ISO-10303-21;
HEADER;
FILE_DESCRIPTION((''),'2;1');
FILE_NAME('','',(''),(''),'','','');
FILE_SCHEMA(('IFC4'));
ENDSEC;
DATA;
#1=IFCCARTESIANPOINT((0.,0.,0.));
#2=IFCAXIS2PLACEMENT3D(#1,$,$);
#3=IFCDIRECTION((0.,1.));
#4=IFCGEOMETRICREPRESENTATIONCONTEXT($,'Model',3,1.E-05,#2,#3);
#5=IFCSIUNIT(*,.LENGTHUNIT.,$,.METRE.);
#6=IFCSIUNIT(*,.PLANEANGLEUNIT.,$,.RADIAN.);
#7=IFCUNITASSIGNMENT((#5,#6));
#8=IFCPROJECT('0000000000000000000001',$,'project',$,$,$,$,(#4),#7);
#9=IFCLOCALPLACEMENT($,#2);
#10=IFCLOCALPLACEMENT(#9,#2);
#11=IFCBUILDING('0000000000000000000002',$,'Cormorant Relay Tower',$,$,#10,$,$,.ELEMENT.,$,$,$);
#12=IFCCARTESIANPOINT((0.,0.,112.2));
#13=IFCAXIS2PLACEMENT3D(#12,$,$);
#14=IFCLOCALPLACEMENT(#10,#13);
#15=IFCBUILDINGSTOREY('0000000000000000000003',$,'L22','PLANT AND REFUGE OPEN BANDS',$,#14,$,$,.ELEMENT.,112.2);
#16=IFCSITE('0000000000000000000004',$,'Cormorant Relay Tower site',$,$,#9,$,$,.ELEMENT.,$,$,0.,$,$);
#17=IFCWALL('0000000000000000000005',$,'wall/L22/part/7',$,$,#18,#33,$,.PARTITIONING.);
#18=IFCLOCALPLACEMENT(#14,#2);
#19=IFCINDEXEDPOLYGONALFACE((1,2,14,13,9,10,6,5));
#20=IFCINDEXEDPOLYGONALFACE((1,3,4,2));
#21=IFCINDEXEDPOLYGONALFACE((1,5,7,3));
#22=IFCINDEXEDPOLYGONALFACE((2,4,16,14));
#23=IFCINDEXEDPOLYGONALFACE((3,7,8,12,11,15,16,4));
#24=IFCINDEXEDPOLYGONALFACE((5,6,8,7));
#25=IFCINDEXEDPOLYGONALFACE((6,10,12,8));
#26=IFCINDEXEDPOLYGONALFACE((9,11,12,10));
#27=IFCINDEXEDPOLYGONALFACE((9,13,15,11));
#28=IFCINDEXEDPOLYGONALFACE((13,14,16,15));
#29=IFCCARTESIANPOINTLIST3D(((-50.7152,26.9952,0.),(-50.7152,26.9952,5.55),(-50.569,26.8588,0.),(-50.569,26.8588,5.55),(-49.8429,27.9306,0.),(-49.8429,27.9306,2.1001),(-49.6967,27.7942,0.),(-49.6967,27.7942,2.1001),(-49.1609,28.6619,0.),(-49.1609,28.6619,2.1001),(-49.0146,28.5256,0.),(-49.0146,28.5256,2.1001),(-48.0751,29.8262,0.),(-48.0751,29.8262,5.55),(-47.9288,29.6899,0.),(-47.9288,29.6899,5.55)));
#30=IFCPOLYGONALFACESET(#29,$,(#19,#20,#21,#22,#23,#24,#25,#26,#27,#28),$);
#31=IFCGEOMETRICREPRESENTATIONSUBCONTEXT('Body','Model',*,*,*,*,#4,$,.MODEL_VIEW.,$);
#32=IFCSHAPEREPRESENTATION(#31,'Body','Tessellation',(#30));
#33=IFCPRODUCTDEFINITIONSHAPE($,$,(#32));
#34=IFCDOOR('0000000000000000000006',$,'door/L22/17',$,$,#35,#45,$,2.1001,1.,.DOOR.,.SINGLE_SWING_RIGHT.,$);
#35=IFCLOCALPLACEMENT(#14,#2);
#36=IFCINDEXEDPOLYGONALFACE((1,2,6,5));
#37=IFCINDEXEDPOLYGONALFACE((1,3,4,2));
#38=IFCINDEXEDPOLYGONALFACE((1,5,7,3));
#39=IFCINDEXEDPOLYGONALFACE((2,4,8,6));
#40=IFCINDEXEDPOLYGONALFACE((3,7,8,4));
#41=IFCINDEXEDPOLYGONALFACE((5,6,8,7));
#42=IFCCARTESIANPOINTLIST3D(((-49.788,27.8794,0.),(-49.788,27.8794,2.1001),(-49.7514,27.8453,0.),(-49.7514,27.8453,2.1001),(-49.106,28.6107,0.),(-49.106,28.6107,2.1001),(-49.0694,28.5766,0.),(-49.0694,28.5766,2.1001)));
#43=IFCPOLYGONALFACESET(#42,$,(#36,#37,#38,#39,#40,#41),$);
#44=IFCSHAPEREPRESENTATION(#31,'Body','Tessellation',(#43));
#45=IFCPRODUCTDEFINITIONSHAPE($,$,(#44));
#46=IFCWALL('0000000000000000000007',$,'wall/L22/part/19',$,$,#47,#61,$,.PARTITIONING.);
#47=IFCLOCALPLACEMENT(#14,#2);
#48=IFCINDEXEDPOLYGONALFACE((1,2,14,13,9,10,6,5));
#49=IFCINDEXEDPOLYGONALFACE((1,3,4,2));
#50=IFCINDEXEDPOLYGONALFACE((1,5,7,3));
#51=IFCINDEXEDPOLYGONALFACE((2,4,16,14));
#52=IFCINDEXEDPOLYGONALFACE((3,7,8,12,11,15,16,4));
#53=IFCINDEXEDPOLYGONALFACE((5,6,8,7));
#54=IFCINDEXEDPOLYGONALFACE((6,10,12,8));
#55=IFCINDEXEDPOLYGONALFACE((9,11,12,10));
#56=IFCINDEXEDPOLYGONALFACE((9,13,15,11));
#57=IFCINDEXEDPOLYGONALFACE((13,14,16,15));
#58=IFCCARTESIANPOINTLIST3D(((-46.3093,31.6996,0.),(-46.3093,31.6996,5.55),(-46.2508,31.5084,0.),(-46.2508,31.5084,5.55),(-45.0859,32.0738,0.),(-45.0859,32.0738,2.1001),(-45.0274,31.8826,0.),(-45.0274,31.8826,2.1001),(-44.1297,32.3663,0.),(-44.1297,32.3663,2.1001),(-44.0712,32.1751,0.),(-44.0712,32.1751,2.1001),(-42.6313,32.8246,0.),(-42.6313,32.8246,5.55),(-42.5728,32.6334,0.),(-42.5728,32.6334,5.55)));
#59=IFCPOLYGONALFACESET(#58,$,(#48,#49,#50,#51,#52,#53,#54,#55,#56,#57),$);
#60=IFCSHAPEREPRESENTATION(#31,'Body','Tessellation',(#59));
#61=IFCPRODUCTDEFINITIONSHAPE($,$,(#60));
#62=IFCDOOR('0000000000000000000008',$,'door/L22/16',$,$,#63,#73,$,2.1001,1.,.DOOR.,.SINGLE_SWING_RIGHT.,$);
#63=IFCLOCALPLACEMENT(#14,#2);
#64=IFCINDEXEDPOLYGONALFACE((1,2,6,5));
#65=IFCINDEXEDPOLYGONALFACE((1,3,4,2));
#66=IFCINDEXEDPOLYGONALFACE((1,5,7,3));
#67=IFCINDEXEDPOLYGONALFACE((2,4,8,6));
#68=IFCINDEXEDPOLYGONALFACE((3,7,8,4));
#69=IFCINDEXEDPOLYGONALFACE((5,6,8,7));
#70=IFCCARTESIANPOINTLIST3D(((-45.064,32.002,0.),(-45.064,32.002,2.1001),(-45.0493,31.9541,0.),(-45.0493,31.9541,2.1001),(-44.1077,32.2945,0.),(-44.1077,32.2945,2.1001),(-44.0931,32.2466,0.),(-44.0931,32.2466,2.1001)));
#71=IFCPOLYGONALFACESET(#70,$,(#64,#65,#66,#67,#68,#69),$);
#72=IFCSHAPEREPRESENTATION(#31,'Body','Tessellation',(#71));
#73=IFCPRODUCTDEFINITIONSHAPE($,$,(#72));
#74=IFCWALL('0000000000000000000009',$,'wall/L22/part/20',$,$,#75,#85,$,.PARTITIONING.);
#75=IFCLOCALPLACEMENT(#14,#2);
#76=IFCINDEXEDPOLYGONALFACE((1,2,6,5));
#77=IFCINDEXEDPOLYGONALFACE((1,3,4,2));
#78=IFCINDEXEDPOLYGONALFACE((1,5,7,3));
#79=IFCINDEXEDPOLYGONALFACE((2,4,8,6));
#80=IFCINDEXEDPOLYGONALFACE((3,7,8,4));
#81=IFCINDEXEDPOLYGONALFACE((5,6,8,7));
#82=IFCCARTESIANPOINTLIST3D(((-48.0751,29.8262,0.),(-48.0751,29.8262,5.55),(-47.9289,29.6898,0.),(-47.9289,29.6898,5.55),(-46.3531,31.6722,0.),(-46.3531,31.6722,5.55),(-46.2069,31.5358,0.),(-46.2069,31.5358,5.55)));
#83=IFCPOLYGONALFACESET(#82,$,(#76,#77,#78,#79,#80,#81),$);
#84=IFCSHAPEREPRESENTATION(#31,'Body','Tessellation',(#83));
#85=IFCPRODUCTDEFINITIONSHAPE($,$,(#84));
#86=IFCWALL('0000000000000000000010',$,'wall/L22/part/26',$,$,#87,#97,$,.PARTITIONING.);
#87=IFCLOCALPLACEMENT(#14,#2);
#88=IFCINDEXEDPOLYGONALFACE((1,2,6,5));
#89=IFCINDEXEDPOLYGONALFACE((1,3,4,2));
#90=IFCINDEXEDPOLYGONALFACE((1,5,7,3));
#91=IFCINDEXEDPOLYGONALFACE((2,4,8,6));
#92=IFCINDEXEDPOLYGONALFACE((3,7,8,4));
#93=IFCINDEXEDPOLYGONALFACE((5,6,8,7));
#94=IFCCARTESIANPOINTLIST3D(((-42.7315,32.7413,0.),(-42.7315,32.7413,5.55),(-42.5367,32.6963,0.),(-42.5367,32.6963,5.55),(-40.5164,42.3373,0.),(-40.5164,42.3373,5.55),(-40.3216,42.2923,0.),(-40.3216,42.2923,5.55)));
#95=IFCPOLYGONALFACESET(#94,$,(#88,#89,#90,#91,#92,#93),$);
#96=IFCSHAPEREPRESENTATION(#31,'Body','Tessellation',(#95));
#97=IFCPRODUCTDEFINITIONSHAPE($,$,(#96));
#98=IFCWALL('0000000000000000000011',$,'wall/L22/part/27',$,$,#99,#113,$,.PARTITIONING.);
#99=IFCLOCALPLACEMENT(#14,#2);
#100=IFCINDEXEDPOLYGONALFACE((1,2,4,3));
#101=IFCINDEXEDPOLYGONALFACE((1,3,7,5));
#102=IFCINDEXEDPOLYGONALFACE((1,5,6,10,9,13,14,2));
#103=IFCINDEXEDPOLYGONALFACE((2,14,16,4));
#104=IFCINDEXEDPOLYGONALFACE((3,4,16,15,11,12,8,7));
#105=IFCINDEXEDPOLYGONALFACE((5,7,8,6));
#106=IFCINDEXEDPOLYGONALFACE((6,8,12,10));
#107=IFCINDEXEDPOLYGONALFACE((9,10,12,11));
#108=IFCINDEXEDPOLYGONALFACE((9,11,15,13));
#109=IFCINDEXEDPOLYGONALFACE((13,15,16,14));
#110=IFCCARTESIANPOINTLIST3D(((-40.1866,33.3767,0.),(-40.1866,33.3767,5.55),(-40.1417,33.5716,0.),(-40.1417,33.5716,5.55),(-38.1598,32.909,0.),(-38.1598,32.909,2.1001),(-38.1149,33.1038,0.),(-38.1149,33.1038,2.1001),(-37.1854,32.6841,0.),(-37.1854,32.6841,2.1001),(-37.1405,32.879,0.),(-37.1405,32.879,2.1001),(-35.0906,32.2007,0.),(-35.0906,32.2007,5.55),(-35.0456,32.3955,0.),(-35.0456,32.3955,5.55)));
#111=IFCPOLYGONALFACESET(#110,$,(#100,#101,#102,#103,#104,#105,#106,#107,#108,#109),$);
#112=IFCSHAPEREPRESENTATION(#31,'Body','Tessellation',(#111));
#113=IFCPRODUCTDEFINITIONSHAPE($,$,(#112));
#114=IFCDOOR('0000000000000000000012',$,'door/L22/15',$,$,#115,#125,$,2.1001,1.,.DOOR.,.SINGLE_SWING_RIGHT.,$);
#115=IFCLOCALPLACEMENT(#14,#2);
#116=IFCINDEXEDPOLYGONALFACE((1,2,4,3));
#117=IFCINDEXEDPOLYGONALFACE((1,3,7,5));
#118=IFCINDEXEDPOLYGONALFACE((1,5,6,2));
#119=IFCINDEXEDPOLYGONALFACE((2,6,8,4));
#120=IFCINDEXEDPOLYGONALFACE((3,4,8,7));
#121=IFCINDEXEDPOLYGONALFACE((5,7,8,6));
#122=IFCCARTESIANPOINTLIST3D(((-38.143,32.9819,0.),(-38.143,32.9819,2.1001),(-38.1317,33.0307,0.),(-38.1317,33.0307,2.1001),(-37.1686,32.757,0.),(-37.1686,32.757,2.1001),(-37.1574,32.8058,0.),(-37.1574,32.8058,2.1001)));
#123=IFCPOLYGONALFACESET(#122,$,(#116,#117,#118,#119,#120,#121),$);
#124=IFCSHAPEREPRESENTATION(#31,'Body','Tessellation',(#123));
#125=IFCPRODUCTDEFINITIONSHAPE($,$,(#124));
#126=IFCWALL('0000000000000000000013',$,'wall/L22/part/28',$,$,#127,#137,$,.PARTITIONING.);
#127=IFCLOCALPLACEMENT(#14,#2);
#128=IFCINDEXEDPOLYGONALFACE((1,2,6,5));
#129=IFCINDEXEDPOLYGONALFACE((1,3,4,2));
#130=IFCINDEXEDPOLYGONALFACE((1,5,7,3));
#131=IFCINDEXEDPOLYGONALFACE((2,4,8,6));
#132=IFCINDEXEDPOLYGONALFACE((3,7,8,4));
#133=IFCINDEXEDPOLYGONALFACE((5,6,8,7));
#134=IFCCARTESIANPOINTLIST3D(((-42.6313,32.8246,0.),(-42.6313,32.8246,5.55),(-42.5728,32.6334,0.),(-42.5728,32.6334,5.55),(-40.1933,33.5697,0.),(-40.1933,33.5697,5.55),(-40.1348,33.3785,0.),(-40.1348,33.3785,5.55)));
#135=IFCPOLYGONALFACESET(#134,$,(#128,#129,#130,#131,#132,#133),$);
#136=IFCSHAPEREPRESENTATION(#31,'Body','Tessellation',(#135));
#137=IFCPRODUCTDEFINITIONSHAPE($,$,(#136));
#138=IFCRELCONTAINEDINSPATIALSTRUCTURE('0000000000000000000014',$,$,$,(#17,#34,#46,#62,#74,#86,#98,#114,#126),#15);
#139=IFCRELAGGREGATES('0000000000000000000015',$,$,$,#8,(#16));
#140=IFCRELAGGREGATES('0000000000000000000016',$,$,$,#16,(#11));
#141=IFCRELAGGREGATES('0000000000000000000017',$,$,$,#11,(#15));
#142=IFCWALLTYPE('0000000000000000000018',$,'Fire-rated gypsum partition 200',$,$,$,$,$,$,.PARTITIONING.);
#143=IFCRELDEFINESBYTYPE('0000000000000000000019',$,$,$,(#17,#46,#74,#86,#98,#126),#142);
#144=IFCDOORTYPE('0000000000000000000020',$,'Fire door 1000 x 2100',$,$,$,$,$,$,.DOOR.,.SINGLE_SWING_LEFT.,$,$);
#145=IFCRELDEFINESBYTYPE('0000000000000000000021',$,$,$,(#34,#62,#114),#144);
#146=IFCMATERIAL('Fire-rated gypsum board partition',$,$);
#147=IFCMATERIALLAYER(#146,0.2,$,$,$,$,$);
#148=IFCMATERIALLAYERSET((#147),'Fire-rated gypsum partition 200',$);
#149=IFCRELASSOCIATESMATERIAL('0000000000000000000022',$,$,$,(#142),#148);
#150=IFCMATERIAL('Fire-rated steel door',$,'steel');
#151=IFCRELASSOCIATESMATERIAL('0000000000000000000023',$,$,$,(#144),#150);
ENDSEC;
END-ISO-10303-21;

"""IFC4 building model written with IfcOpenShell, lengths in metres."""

from ifc_helpers import new_model, si_unit, direction, frame, frame_2d, origin, place, context, subcontext, project, spatial, rectangle, extrude, material, layer, layer_set, type_object, element, fill, save


model = new_model("IFC4")

# Units and contexts
model_context = context("Model", 3, precision=1e-05, world=origin(), true_north=direction((0.0, 1.0)))
body_context = subcontext(model_context, "Body", "Model", "MODEL_VIEW")
ifc_project = project(units=[si_unit("LENGTHUNIT", "METRE"), si_unit("PLANEANGLEUNIT", "RADIAN")], contexts=[model_context])

# Site, building, storey
site_placement = place(None, origin())
site = spatial("IfcSite", under=ifc_project, at=site_placement, Name="Cormorant Relay Tower site", CompositionType="ELEMENT", RefElevation=0.0)
building_placement = place(site_placement, origin())
building = spatial("IfcBuilding", under=site, at=building_placement, Name="Cormorant Relay Tower", CompositionType="ELEMENT")
storey_placement = place(building_placement, frame((0.0, 0.0, 112.2)))
storey = spatial("IfcBuildingStorey", under=building, at=storey_placement, Name="L22", Description="PLANT AND REFUGE OPEN BANDS", CompositionType="ELEMENT", Elevation=112.2)

# Walls, openings, doors
ifc_material_1 = material(Name="Fire-rated gypsum board partition")
ifc_layer_1 = layer(ifc_material_1, 0.2)
ifc_layer_set_1 = layer_set([ifc_layer_1], Name="Fire-rated gypsum partition 200")
wall_type = type_object("IfcWallType", Name="Fire-rated gypsum partition 200", PredefinedType="PARTITIONING", material=ifc_layer_set_1)
wall_1_placement = place(storey_placement, frame((-48.002, 29.7581, 0.0), z_axis=(0.0, 0.0, 1.0), x_axis=(-0.682017, -0.731336, 0.0)))
wall_1 = element("IfcWall", 1, at=wall_1_placement, inside=storey, type_object=wall_type, Name="wall/L22/part/7", PredefinedType="PARTITIONING", context=body_context, shape_type="SweptSolid", body=[
    extrude(rectangle(XDim=3.8711, YDim=0.2, at=frame_2d((1.9355, 0.0))), origin(), (0.0, 0.0, 1.0), 5.55),
])
opening_1_placement = place(wall_1_placement, frame((1.592, 0.0, 0.0)))
opening_1 = element("IfcOpeningElement", 2, at=opening_1_placement, cuts=wall_1, PredefinedType="OPENING", context=body_context, shape_type="SweptSolid", body=[
    extrude(rectangle(XDim=1.0, YDim=2.1001, at=frame_2d((0.5, 1.05))), frame((0.0, 0.1099, 0.0), z_axis=(0.0, -1.0, 0.0), x_axis=(1.0, 0.0, 0.0)), (0.0, 0.0, 1.0), 0.22),
])
ifc_material_2 = material(Name="Fire-rated steel door", Category="steel")
door_type = type_object("IfcDoorType", Name="Fire door 1000 x 2100", OperationType="SINGLE_SWING_LEFT", PredefinedType="DOOR", material=ifc_material_2)
door_1_placement = place(opening_1_placement, frame((1.0, 0.0, 0.0), z_axis=(0.0, 0.0, 1.0), x_axis=(-1.0, 0.0, 0.0)))
door_1 = element("IfcDoor", 3, at=door_1_placement, inside=storey, type_object=door_type, Name="door/L22/17", OperationType="SINGLE_SWING_RIGHT", OverallHeight=2.1001, OverallWidth=1.0, PredefinedType="DOOR", context=body_context, shape_type="SweptSolid", body=[
    extrude(rectangle(XDim=1.0, YDim=2.1001, at=frame_2d((0.5, 1.05))), frame((0.0, 0.0249, 0.0), z_axis=(0.0, -1.0, 0.0), x_axis=(1.0, 0.0, 0.0)), (0.0, 0.0, 1.0), 0.05),
])
fill(opening_1, door_1)
wall_2_placement = place(storey_placement, frame((-42.6021, 32.729, 0.0), z_axis=(0.0, 0.0, 1.0), x_axis=(-0.956266, -0.292498, 0.0)))
wall_2 = element("IfcWall", 4, at=wall_2_placement, inside=storey, type_object=wall_type, Name="wall/L22/part/19", PredefinedType="PARTITIONING", context=body_context, shape_type="SweptSolid", body=[
    extrude(rectangle(XDim=3.8462, YDim=0.2, at=frame_2d((1.9231, 0.0))), origin(), (0.0, 0.0, 1.0), 5.55),
])
opening_2_placement = place(wall_2_placement, frame((1.5669, 0.0, 0.0)))
opening_2 = element("IfcOpeningElement", 5, at=opening_2_placement, cuts=wall_2, PredefinedType="OPENING", context=body_context, shape_type="SweptSolid", body=[
    extrude(rectangle(XDim=1.0, YDim=2.1001, at=frame_2d((0.5, 1.05))), frame((0.0, 0.1099, 0.0), z_axis=(0.0, -1.0, 0.0), x_axis=(1.0, 0.0, 0.0)), (0.0, 0.0, 1.0), 0.22),
])
door_2_placement = place(opening_2_placement, frame((1.0, 0.0, 0.0), z_axis=(0.0, 0.0, 1.0), x_axis=(-1.0, 0.0, 0.0)))
door_2 = element("IfcDoor", 6, at=door_2_placement, inside=storey, type_object=door_type, Name="door/L22/16", OperationType="SINGLE_SWING_RIGHT", OverallHeight=2.1001, OverallWidth=1.0, PredefinedType="DOOR", context=body_context, shape_type="SweptSolid", body=[
    extrude(rectangle(XDim=1.0, YDim=2.1001, at=frame_2d((0.5, 1.05))), frame((0.0, 0.0249, 0.0), z_axis=(0.0, -1.0, 0.0), x_axis=(1.0, 0.0, 0.0)), (0.0, 0.0, 1.0), 0.05),
])
fill(opening_2, door_2)

# Walls
wall_3_placement = place(storey_placement, frame((-46.28, 31.604, 0.0), z_axis=(0.0, 0.0, 1.0), x_axis=(-0.682115, -0.731245, 0.0)))
element("IfcWall", 7, at=wall_3_placement, inside=storey, type_object=wall_type, Name="wall/L22/part/20", PredefinedType="PARTITIONING", context=body_context, shape_type="SweptSolid", body=[
    extrude(rectangle(XDim=2.5244, YDim=0.2, at=frame_2d((1.2622, 0.0))), origin(), (0.0, 0.0, 1.0), 5.55),
])
wall_4_placement = place(storey_placement, frame((-40.4189, 42.3149, 0.0), z_axis=(0.0, 0.0, 1.0), x_axis=(-0.224921, -0.974377, 0.0)))
element("IfcWall", 8, at=wall_4_placement, inside=storey, type_object=wall_type, Name="wall/L22/part/26", PredefinedType="PARTITIONING", context=body_context, shape_type="SweptSolid", body=[
    extrude(rectangle(XDim=9.8484, YDim=0.2, at=frame_2d((4.9243, 0.0))), origin(), (0.0, 0.0, 1.0), 5.55),
])

# Wall, opening, door
wall_5_placement = place(storey_placement, frame((-35.0681, 32.2981, 0.0), z_axis=(0.0, 0.0, 1.0), x_axis=(-0.97439, 0.224866, 0.0)))
wall_5 = element("IfcWall", 9, at=wall_5_placement, inside=storey, type_object=wall_type, Name="wall/L22/part/27", PredefinedType="PARTITIONING", context=body_context, shape_type="SweptSolid", body=[
    extrude(rectangle(XDim=5.23, YDim=0.2, at=frame_2d((2.615, 0.0))), origin(), (0.0, 0.0, 1.0), 5.55),
])
opening_3_placement = place(wall_5_placement, frame((2.1499, 0.0, 0.0)))
opening_3 = element("IfcOpeningElement", 10, at=opening_3_placement, cuts=wall_5, PredefinedType="OPENING", context=body_context, shape_type="SweptSolid", body=[
    extrude(rectangle(XDim=1.0, YDim=2.1001, at=frame_2d((0.5, 1.05))), frame((0.0, 0.1099, 0.0), z_axis=(0.0, -1.0, 0.0), x_axis=(1.0, 0.0, 0.0)), (0.0, 0.0, 1.0), 0.22),
])
door_3_placement = place(opening_3_placement, frame((1.0, 0.0, 0.0), z_axis=(0.0, 0.0, 1.0), x_axis=(-1.0, 0.0, 0.0)))
door_3 = element("IfcDoor", 11, at=door_3_placement, inside=storey, type_object=door_type, Name="door/L22/15", OperationType="SINGLE_SWING_RIGHT", OverallHeight=2.1001, OverallWidth=1.0, PredefinedType="DOOR", context=body_context, shape_type="SweptSolid", body=[
    extrude(rectangle(XDim=1.0, YDim=2.1001, at=frame_2d((0.5, 1.05))), frame((0.0, 0.0249, 0.0), z_axis=(0.0, -1.0, 0.0), x_axis=(1.0, 0.0, 0.0)), (0.0, 0.0, 1.0), 0.05),
])
fill(opening_3, door_3)

# Wall
wall_6_placement = place(storey_placement, frame((-40.1641, 33.4741, 0.0), z_axis=(0.0, 0.0, 1.0), x_axis=(-0.956332, -0.292282, 0.0)))
element("IfcWall", 12, at=wall_6_placement, inside=storey, type_object=wall_type, Name="wall/L22/part/28", PredefinedType="PARTITIONING", context=body_context, shape_type="SweptSolid", body=[
    extrude(rectangle(XDim=2.5493, YDim=0.2, at=frame_2d((1.2747, 0.0))), origin(), (0.0, 0.0, 1.0), 5.55),
])

save(model, "model.ifc")
